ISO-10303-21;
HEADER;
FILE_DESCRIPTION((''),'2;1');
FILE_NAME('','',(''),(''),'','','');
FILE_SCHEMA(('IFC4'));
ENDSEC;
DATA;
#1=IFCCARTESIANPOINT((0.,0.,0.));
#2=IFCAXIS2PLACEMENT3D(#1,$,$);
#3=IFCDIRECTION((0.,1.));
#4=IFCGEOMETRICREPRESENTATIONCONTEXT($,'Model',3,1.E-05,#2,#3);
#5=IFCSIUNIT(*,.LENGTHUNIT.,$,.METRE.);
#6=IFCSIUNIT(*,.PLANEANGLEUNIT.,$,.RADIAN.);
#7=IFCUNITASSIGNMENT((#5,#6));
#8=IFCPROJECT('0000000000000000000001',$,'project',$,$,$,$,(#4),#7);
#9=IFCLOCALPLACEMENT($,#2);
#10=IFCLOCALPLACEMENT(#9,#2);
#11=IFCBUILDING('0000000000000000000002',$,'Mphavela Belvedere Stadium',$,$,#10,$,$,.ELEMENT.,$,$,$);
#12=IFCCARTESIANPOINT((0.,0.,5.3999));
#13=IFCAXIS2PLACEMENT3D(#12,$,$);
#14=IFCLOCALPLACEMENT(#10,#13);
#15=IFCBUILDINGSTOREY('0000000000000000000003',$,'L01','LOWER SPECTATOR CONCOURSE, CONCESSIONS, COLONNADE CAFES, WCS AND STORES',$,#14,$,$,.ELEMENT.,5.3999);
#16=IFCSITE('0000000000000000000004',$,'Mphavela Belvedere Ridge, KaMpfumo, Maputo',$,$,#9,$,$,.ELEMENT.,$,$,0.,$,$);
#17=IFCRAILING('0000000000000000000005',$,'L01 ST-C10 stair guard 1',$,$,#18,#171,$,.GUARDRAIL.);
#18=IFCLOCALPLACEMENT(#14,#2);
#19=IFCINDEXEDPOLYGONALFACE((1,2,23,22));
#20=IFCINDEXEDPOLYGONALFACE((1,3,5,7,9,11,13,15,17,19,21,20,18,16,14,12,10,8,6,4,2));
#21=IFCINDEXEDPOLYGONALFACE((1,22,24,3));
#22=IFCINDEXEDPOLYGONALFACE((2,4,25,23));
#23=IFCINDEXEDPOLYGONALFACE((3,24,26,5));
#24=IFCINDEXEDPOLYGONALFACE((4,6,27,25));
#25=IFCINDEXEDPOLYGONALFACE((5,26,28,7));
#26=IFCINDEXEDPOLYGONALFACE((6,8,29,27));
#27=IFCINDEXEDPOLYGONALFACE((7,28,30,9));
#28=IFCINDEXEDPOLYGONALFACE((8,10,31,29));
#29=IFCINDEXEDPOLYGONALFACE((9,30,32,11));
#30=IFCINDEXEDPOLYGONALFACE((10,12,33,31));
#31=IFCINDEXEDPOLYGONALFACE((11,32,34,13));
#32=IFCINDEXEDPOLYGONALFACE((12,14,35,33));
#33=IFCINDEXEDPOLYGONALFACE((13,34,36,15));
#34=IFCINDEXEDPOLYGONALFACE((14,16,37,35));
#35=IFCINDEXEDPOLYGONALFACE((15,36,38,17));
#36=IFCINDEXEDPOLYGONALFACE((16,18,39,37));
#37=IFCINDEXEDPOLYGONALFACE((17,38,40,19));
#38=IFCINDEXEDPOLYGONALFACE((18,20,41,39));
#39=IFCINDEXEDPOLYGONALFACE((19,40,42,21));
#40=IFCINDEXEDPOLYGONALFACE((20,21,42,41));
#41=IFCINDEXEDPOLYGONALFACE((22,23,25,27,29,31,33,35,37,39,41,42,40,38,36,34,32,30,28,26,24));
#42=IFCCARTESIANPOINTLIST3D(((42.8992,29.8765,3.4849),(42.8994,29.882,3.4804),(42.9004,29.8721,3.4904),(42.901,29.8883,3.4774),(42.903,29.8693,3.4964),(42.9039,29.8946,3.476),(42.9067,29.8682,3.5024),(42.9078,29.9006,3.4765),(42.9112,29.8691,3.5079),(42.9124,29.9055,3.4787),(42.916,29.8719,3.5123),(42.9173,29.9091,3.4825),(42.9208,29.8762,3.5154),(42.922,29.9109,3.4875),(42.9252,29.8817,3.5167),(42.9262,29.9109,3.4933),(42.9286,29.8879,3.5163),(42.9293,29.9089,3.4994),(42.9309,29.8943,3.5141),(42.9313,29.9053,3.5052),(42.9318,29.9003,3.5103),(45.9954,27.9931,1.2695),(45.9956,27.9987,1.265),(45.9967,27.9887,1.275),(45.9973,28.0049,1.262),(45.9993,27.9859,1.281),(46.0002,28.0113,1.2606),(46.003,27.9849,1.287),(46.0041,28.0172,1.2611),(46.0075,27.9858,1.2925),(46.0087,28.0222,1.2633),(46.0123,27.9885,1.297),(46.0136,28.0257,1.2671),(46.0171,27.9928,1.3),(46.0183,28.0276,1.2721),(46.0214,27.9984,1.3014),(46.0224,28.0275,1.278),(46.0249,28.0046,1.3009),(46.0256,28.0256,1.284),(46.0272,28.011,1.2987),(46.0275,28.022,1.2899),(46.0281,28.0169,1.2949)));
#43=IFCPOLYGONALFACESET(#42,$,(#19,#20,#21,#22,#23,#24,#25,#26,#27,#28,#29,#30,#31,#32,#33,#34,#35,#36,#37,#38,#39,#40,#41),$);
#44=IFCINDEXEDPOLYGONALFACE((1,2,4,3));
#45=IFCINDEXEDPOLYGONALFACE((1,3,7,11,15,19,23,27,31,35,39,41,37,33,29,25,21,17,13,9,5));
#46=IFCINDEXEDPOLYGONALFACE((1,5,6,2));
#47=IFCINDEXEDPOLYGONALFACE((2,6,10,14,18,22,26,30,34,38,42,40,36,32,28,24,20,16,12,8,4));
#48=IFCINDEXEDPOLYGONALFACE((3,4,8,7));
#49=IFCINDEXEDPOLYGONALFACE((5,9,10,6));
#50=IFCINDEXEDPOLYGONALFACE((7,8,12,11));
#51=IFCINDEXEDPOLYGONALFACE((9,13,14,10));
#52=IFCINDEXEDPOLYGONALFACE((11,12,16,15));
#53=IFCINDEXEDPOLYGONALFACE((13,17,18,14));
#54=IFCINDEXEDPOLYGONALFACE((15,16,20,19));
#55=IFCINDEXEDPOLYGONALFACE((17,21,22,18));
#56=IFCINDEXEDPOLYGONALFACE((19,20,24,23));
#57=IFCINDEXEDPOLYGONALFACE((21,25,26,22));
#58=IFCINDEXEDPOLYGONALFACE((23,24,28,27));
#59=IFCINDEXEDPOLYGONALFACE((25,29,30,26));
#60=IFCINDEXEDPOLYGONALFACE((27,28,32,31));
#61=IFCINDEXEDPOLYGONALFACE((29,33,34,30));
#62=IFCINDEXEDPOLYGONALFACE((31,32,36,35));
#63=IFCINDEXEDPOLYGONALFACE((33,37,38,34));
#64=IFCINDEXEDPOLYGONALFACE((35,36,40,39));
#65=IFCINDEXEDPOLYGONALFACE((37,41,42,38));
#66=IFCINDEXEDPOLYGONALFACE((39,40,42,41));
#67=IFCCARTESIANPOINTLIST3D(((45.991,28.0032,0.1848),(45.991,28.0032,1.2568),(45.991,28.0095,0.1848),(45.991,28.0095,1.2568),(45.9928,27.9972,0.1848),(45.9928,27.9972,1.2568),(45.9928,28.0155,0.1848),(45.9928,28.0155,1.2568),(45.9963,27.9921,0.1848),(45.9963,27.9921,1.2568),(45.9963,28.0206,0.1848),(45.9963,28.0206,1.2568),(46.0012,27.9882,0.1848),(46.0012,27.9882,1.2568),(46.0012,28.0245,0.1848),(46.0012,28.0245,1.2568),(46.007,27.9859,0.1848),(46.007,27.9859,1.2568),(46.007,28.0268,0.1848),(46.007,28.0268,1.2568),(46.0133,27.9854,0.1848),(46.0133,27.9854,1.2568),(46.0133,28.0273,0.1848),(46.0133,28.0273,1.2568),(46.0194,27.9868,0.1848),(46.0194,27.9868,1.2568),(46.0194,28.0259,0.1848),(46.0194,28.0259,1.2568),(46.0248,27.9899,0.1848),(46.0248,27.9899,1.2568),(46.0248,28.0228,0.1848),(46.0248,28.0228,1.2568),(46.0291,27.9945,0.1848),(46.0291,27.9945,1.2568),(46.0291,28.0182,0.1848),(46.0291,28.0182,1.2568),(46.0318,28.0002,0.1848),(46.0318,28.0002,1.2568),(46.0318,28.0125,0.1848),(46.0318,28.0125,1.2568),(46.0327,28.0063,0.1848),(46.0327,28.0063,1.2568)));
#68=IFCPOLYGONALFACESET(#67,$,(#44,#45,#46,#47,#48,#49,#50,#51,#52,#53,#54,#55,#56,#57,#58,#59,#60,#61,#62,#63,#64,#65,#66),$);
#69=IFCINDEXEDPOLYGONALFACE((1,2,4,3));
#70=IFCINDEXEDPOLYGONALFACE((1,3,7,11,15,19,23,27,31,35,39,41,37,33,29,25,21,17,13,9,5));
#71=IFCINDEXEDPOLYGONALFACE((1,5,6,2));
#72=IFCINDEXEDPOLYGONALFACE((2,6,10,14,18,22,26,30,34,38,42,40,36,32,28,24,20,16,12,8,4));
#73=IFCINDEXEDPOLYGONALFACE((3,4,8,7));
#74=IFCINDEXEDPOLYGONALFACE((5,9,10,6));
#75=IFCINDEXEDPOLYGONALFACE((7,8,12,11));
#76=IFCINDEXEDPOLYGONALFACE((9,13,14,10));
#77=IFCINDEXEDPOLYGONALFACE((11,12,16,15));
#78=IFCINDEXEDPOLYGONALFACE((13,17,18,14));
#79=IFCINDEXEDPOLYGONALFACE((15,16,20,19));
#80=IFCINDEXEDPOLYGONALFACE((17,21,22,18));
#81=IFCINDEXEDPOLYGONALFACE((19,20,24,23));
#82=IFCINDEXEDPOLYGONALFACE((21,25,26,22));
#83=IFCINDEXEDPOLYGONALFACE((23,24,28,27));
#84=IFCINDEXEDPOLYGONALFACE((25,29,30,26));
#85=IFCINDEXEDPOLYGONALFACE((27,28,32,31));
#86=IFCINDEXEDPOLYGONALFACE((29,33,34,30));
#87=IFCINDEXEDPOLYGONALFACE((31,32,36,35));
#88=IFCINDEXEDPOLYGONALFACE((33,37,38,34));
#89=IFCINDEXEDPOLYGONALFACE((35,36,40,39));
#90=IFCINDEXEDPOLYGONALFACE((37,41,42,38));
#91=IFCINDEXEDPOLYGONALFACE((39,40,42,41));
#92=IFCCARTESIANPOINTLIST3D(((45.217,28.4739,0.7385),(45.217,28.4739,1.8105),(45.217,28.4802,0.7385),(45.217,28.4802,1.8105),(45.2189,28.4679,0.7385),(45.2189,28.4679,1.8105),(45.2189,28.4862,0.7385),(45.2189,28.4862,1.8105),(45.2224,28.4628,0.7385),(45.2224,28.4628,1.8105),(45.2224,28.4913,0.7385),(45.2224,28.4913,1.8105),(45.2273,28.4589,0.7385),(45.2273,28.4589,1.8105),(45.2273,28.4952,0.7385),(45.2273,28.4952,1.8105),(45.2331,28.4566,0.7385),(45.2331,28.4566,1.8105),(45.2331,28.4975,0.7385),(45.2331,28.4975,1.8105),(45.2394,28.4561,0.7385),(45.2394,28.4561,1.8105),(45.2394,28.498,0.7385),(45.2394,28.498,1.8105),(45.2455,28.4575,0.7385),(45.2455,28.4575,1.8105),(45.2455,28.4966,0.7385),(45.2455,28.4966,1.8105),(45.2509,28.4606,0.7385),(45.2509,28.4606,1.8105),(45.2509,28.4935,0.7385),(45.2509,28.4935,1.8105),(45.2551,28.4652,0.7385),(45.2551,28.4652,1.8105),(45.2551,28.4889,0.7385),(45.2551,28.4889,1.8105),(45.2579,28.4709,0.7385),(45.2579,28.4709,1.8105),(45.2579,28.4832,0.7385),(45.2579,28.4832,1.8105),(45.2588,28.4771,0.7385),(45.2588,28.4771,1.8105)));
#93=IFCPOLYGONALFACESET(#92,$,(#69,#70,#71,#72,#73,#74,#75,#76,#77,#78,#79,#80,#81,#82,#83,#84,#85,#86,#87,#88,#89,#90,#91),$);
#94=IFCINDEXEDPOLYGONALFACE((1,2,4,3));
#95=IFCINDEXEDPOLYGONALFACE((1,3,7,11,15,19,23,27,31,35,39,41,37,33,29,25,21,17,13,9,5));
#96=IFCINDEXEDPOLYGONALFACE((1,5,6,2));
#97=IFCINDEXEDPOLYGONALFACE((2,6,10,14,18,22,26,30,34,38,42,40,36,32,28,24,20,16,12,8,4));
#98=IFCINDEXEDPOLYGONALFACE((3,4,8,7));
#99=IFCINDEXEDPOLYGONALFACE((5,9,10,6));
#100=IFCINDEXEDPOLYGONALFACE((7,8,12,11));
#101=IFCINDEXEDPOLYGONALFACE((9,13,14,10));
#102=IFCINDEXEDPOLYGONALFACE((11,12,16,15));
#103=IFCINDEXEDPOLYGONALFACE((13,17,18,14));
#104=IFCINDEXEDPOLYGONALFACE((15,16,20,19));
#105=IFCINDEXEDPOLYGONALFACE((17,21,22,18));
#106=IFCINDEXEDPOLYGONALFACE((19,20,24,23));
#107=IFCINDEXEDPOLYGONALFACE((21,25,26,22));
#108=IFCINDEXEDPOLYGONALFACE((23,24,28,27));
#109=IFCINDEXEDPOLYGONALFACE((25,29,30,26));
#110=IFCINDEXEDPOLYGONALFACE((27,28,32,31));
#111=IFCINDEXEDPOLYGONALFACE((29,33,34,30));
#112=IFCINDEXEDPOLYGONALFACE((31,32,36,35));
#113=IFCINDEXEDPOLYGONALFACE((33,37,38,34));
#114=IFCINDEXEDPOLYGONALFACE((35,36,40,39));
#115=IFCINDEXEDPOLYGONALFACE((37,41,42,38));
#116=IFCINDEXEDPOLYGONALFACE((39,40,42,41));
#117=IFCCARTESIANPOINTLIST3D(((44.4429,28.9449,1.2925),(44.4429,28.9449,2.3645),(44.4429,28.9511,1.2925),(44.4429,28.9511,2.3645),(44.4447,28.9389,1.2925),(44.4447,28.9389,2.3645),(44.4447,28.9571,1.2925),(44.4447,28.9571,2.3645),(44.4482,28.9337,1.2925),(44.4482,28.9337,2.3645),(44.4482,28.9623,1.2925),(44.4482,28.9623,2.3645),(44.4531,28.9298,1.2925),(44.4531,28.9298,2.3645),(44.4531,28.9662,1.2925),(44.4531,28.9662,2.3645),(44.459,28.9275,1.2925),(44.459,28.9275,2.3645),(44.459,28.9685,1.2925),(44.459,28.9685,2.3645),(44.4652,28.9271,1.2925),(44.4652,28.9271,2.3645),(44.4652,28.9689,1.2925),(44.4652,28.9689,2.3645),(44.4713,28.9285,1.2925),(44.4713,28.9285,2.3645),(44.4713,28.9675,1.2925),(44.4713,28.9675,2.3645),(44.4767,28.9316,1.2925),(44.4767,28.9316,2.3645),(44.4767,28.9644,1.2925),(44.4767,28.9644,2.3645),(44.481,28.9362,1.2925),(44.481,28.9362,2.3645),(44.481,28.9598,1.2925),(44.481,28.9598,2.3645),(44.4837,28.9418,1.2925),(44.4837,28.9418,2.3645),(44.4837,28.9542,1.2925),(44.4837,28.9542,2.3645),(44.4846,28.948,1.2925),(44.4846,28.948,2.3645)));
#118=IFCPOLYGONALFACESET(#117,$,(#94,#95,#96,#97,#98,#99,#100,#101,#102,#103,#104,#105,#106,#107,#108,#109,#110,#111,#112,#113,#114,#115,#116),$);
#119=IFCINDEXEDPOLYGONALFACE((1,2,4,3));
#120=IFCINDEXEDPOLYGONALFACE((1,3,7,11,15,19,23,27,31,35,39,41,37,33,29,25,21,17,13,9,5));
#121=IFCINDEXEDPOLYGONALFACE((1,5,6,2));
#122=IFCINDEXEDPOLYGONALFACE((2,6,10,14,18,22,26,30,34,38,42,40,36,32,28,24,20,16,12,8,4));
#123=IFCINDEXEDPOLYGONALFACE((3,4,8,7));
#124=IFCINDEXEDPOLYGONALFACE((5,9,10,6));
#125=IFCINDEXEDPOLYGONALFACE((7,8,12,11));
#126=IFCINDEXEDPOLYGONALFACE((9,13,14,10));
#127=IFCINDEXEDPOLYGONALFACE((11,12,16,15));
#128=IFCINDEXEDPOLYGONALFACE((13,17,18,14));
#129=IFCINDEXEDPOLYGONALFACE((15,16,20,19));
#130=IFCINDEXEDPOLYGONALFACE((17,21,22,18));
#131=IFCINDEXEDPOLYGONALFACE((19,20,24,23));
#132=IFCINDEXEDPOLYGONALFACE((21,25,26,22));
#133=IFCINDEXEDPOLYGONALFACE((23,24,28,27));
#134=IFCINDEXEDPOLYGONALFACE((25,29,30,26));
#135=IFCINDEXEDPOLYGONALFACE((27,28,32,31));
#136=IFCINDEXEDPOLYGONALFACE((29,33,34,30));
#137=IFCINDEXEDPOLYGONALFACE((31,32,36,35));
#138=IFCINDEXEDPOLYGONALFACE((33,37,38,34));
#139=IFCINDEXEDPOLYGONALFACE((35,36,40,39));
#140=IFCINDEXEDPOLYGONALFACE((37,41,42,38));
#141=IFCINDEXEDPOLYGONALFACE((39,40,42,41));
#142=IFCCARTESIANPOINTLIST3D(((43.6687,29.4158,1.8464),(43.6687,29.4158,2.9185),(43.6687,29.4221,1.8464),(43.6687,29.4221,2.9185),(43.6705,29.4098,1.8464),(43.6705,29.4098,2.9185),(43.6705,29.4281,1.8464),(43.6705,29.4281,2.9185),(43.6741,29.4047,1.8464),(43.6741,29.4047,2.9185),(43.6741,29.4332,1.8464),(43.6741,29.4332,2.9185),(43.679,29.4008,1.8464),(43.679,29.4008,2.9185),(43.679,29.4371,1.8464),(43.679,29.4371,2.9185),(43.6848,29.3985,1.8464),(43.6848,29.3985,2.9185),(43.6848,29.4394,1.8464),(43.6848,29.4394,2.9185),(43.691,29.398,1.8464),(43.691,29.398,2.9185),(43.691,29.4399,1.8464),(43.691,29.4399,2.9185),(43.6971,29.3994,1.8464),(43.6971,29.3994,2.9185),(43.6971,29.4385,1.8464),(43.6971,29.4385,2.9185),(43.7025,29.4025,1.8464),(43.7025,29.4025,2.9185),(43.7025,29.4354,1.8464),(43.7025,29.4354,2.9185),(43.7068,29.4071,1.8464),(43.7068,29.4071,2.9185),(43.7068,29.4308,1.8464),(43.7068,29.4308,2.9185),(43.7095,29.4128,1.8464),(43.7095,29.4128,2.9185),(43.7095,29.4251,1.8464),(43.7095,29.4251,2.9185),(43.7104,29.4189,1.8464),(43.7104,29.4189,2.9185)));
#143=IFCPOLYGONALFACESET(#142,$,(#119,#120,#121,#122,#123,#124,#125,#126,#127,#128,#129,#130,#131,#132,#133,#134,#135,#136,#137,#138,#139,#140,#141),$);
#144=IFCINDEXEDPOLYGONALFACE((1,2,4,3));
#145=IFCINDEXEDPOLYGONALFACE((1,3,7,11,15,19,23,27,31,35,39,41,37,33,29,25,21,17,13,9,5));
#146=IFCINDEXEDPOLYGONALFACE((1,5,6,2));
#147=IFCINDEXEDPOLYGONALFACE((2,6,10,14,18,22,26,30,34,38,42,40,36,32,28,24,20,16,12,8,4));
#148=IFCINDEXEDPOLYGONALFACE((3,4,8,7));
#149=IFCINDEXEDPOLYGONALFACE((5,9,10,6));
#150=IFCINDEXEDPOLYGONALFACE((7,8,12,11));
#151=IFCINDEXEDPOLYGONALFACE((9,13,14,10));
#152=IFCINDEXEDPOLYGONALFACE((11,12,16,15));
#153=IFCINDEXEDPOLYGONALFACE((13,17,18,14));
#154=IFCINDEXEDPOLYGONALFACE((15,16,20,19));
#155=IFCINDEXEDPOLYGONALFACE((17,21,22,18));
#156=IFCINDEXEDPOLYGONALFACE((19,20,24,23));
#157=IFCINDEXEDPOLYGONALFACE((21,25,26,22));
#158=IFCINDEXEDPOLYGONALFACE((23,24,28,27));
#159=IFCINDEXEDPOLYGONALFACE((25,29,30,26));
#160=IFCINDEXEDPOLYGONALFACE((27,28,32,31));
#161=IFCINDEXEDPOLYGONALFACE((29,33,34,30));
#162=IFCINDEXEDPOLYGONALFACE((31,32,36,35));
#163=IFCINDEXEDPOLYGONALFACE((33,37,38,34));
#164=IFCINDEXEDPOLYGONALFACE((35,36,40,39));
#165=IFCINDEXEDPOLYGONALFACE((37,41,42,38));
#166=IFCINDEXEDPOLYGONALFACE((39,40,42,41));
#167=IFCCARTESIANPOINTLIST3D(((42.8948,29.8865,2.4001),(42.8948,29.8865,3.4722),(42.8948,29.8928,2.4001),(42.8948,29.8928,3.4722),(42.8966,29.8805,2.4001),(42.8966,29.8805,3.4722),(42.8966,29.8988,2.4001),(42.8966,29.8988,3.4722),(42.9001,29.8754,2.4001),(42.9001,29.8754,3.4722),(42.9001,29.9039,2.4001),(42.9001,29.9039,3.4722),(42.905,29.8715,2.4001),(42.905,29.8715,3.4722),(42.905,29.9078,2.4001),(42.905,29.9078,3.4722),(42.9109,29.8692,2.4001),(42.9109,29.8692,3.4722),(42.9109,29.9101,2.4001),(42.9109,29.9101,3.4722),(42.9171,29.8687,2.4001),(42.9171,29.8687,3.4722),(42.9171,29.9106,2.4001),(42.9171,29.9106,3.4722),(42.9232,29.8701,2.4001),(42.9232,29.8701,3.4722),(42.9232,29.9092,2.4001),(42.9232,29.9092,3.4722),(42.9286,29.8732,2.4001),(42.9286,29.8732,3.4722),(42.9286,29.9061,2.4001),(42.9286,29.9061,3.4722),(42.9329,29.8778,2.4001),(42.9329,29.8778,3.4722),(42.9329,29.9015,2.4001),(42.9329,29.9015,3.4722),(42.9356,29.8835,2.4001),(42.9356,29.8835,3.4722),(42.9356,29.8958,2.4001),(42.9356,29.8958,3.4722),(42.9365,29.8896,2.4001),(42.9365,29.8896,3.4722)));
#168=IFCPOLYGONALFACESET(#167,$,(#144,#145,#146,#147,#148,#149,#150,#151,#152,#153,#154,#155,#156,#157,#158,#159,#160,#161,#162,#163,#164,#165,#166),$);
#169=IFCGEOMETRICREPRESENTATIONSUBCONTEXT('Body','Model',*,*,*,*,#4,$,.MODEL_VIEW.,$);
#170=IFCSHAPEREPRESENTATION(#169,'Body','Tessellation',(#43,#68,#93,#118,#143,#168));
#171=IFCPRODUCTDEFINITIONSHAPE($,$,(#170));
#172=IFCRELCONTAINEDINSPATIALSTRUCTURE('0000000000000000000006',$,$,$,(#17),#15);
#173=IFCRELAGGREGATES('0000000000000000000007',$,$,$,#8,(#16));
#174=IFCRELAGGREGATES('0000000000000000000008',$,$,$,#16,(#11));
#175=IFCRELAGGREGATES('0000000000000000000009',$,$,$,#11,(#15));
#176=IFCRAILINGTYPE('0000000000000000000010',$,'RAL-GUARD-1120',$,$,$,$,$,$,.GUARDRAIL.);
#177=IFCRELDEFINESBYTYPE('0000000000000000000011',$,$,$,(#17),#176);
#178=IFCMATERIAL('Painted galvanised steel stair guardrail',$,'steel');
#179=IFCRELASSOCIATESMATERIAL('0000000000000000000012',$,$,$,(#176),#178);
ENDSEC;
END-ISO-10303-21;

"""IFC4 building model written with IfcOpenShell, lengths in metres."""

from ifc_helpers import new_model, si_unit, direction, frame, origin, origin_2d, place, context, subcontext, project, spatial, circle, extrude, material, type_object, element, save


model = new_model("IFC4")

# Units and contexts
model_context = context("Model", 3, precision=1e-05, world=origin(), true_north=direction((0.0, 1.0)))
body_context = subcontext(model_context, "Body", "Model", "MODEL_VIEW")
ifc_project = project(units=[si_unit("LENGTHUNIT", "METRE"), si_unit("PLANEANGLEUNIT", "RADIAN")], contexts=[model_context])

# Site, building, storey
site_placement = place(None, origin())
site = spatial("IfcSite", under=ifc_project, at=site_placement, Name="Mphavela Belvedere Ridge, KaMpfumo, Maputo", CompositionType="ELEMENT", RefElevation=0.0)
building_placement = place(site_placement, origin())
building = spatial("IfcBuilding", under=site, at=building_placement, Name="Mphavela Belvedere Stadium", CompositionType="ELEMENT")
storey_placement = place(building_placement, frame((0.0, 0.0, 5.3999)))
storey = spatial("IfcBuildingStorey", under=building, at=storey_placement, Name="L01", Description="LOWER SPECTATOR CONCOURSE, CONCESSIONS, COLONNADE CAFES, WCS AND STORES", CompositionType="ELEMENT", Elevation=5.3999)

# Railing
ifc_material_1 = material(Name="Painted galvanised steel stair guardrail", Category="steel")
railing_type_1 = type_object("IfcRailingType", Name="RAL-GUARD-1120", PredefinedType="GUARDRAIL", material=ifc_material_1)
railing_1_placement = place(storey_placement, frame((46.0117, 28.0063, 0.1848)))
element("IfcRailing", 1, at=railing_1_placement, inside=storey, type_object=railing_type_1, Name="L01 ST-C10 stair guard 1", PredefinedType="GUARDRAIL", context=body_context, shape_type="SweptSolid", body=[
    extrude(circle(Radius=0.0239, at=origin_2d()), frame((0.0, 0.0, 1.0962), z_axis=(-0.728951, 0.443395, 0.521566), x_axis=(-0.519678, -0.854362, 0.0)), (0.0, 0.0, 1.0), 4.2476),
    extrude(circle(Radius=0.021, at=origin_2d()), origin(), (0.0, 0.0, 1.0), 1.072),
    extrude(circle(Radius=0.021, at=origin_2d()), frame((-0.7739, 0.4707, 0.5537)), (0.0, 0.0, 1.0), 1.072),
    extrude(circle(Radius=0.021, at=origin_2d()), frame((-1.5481, 0.9417, 1.1077)), (0.0, 0.0, 1.0), 1.072),
    extrude(circle(Radius=0.021, at=origin_2d()), frame((-2.3223, 1.4126, 1.6616)), (0.0, 0.0, 1.0), 1.072),
    extrude(circle(Radius=0.021, at=origin_2d()), frame((-3.0962, 1.8833, 2.2153)), (0.0, 0.0, 1.0), 1.072),
])

save(model, "model.ifc")
